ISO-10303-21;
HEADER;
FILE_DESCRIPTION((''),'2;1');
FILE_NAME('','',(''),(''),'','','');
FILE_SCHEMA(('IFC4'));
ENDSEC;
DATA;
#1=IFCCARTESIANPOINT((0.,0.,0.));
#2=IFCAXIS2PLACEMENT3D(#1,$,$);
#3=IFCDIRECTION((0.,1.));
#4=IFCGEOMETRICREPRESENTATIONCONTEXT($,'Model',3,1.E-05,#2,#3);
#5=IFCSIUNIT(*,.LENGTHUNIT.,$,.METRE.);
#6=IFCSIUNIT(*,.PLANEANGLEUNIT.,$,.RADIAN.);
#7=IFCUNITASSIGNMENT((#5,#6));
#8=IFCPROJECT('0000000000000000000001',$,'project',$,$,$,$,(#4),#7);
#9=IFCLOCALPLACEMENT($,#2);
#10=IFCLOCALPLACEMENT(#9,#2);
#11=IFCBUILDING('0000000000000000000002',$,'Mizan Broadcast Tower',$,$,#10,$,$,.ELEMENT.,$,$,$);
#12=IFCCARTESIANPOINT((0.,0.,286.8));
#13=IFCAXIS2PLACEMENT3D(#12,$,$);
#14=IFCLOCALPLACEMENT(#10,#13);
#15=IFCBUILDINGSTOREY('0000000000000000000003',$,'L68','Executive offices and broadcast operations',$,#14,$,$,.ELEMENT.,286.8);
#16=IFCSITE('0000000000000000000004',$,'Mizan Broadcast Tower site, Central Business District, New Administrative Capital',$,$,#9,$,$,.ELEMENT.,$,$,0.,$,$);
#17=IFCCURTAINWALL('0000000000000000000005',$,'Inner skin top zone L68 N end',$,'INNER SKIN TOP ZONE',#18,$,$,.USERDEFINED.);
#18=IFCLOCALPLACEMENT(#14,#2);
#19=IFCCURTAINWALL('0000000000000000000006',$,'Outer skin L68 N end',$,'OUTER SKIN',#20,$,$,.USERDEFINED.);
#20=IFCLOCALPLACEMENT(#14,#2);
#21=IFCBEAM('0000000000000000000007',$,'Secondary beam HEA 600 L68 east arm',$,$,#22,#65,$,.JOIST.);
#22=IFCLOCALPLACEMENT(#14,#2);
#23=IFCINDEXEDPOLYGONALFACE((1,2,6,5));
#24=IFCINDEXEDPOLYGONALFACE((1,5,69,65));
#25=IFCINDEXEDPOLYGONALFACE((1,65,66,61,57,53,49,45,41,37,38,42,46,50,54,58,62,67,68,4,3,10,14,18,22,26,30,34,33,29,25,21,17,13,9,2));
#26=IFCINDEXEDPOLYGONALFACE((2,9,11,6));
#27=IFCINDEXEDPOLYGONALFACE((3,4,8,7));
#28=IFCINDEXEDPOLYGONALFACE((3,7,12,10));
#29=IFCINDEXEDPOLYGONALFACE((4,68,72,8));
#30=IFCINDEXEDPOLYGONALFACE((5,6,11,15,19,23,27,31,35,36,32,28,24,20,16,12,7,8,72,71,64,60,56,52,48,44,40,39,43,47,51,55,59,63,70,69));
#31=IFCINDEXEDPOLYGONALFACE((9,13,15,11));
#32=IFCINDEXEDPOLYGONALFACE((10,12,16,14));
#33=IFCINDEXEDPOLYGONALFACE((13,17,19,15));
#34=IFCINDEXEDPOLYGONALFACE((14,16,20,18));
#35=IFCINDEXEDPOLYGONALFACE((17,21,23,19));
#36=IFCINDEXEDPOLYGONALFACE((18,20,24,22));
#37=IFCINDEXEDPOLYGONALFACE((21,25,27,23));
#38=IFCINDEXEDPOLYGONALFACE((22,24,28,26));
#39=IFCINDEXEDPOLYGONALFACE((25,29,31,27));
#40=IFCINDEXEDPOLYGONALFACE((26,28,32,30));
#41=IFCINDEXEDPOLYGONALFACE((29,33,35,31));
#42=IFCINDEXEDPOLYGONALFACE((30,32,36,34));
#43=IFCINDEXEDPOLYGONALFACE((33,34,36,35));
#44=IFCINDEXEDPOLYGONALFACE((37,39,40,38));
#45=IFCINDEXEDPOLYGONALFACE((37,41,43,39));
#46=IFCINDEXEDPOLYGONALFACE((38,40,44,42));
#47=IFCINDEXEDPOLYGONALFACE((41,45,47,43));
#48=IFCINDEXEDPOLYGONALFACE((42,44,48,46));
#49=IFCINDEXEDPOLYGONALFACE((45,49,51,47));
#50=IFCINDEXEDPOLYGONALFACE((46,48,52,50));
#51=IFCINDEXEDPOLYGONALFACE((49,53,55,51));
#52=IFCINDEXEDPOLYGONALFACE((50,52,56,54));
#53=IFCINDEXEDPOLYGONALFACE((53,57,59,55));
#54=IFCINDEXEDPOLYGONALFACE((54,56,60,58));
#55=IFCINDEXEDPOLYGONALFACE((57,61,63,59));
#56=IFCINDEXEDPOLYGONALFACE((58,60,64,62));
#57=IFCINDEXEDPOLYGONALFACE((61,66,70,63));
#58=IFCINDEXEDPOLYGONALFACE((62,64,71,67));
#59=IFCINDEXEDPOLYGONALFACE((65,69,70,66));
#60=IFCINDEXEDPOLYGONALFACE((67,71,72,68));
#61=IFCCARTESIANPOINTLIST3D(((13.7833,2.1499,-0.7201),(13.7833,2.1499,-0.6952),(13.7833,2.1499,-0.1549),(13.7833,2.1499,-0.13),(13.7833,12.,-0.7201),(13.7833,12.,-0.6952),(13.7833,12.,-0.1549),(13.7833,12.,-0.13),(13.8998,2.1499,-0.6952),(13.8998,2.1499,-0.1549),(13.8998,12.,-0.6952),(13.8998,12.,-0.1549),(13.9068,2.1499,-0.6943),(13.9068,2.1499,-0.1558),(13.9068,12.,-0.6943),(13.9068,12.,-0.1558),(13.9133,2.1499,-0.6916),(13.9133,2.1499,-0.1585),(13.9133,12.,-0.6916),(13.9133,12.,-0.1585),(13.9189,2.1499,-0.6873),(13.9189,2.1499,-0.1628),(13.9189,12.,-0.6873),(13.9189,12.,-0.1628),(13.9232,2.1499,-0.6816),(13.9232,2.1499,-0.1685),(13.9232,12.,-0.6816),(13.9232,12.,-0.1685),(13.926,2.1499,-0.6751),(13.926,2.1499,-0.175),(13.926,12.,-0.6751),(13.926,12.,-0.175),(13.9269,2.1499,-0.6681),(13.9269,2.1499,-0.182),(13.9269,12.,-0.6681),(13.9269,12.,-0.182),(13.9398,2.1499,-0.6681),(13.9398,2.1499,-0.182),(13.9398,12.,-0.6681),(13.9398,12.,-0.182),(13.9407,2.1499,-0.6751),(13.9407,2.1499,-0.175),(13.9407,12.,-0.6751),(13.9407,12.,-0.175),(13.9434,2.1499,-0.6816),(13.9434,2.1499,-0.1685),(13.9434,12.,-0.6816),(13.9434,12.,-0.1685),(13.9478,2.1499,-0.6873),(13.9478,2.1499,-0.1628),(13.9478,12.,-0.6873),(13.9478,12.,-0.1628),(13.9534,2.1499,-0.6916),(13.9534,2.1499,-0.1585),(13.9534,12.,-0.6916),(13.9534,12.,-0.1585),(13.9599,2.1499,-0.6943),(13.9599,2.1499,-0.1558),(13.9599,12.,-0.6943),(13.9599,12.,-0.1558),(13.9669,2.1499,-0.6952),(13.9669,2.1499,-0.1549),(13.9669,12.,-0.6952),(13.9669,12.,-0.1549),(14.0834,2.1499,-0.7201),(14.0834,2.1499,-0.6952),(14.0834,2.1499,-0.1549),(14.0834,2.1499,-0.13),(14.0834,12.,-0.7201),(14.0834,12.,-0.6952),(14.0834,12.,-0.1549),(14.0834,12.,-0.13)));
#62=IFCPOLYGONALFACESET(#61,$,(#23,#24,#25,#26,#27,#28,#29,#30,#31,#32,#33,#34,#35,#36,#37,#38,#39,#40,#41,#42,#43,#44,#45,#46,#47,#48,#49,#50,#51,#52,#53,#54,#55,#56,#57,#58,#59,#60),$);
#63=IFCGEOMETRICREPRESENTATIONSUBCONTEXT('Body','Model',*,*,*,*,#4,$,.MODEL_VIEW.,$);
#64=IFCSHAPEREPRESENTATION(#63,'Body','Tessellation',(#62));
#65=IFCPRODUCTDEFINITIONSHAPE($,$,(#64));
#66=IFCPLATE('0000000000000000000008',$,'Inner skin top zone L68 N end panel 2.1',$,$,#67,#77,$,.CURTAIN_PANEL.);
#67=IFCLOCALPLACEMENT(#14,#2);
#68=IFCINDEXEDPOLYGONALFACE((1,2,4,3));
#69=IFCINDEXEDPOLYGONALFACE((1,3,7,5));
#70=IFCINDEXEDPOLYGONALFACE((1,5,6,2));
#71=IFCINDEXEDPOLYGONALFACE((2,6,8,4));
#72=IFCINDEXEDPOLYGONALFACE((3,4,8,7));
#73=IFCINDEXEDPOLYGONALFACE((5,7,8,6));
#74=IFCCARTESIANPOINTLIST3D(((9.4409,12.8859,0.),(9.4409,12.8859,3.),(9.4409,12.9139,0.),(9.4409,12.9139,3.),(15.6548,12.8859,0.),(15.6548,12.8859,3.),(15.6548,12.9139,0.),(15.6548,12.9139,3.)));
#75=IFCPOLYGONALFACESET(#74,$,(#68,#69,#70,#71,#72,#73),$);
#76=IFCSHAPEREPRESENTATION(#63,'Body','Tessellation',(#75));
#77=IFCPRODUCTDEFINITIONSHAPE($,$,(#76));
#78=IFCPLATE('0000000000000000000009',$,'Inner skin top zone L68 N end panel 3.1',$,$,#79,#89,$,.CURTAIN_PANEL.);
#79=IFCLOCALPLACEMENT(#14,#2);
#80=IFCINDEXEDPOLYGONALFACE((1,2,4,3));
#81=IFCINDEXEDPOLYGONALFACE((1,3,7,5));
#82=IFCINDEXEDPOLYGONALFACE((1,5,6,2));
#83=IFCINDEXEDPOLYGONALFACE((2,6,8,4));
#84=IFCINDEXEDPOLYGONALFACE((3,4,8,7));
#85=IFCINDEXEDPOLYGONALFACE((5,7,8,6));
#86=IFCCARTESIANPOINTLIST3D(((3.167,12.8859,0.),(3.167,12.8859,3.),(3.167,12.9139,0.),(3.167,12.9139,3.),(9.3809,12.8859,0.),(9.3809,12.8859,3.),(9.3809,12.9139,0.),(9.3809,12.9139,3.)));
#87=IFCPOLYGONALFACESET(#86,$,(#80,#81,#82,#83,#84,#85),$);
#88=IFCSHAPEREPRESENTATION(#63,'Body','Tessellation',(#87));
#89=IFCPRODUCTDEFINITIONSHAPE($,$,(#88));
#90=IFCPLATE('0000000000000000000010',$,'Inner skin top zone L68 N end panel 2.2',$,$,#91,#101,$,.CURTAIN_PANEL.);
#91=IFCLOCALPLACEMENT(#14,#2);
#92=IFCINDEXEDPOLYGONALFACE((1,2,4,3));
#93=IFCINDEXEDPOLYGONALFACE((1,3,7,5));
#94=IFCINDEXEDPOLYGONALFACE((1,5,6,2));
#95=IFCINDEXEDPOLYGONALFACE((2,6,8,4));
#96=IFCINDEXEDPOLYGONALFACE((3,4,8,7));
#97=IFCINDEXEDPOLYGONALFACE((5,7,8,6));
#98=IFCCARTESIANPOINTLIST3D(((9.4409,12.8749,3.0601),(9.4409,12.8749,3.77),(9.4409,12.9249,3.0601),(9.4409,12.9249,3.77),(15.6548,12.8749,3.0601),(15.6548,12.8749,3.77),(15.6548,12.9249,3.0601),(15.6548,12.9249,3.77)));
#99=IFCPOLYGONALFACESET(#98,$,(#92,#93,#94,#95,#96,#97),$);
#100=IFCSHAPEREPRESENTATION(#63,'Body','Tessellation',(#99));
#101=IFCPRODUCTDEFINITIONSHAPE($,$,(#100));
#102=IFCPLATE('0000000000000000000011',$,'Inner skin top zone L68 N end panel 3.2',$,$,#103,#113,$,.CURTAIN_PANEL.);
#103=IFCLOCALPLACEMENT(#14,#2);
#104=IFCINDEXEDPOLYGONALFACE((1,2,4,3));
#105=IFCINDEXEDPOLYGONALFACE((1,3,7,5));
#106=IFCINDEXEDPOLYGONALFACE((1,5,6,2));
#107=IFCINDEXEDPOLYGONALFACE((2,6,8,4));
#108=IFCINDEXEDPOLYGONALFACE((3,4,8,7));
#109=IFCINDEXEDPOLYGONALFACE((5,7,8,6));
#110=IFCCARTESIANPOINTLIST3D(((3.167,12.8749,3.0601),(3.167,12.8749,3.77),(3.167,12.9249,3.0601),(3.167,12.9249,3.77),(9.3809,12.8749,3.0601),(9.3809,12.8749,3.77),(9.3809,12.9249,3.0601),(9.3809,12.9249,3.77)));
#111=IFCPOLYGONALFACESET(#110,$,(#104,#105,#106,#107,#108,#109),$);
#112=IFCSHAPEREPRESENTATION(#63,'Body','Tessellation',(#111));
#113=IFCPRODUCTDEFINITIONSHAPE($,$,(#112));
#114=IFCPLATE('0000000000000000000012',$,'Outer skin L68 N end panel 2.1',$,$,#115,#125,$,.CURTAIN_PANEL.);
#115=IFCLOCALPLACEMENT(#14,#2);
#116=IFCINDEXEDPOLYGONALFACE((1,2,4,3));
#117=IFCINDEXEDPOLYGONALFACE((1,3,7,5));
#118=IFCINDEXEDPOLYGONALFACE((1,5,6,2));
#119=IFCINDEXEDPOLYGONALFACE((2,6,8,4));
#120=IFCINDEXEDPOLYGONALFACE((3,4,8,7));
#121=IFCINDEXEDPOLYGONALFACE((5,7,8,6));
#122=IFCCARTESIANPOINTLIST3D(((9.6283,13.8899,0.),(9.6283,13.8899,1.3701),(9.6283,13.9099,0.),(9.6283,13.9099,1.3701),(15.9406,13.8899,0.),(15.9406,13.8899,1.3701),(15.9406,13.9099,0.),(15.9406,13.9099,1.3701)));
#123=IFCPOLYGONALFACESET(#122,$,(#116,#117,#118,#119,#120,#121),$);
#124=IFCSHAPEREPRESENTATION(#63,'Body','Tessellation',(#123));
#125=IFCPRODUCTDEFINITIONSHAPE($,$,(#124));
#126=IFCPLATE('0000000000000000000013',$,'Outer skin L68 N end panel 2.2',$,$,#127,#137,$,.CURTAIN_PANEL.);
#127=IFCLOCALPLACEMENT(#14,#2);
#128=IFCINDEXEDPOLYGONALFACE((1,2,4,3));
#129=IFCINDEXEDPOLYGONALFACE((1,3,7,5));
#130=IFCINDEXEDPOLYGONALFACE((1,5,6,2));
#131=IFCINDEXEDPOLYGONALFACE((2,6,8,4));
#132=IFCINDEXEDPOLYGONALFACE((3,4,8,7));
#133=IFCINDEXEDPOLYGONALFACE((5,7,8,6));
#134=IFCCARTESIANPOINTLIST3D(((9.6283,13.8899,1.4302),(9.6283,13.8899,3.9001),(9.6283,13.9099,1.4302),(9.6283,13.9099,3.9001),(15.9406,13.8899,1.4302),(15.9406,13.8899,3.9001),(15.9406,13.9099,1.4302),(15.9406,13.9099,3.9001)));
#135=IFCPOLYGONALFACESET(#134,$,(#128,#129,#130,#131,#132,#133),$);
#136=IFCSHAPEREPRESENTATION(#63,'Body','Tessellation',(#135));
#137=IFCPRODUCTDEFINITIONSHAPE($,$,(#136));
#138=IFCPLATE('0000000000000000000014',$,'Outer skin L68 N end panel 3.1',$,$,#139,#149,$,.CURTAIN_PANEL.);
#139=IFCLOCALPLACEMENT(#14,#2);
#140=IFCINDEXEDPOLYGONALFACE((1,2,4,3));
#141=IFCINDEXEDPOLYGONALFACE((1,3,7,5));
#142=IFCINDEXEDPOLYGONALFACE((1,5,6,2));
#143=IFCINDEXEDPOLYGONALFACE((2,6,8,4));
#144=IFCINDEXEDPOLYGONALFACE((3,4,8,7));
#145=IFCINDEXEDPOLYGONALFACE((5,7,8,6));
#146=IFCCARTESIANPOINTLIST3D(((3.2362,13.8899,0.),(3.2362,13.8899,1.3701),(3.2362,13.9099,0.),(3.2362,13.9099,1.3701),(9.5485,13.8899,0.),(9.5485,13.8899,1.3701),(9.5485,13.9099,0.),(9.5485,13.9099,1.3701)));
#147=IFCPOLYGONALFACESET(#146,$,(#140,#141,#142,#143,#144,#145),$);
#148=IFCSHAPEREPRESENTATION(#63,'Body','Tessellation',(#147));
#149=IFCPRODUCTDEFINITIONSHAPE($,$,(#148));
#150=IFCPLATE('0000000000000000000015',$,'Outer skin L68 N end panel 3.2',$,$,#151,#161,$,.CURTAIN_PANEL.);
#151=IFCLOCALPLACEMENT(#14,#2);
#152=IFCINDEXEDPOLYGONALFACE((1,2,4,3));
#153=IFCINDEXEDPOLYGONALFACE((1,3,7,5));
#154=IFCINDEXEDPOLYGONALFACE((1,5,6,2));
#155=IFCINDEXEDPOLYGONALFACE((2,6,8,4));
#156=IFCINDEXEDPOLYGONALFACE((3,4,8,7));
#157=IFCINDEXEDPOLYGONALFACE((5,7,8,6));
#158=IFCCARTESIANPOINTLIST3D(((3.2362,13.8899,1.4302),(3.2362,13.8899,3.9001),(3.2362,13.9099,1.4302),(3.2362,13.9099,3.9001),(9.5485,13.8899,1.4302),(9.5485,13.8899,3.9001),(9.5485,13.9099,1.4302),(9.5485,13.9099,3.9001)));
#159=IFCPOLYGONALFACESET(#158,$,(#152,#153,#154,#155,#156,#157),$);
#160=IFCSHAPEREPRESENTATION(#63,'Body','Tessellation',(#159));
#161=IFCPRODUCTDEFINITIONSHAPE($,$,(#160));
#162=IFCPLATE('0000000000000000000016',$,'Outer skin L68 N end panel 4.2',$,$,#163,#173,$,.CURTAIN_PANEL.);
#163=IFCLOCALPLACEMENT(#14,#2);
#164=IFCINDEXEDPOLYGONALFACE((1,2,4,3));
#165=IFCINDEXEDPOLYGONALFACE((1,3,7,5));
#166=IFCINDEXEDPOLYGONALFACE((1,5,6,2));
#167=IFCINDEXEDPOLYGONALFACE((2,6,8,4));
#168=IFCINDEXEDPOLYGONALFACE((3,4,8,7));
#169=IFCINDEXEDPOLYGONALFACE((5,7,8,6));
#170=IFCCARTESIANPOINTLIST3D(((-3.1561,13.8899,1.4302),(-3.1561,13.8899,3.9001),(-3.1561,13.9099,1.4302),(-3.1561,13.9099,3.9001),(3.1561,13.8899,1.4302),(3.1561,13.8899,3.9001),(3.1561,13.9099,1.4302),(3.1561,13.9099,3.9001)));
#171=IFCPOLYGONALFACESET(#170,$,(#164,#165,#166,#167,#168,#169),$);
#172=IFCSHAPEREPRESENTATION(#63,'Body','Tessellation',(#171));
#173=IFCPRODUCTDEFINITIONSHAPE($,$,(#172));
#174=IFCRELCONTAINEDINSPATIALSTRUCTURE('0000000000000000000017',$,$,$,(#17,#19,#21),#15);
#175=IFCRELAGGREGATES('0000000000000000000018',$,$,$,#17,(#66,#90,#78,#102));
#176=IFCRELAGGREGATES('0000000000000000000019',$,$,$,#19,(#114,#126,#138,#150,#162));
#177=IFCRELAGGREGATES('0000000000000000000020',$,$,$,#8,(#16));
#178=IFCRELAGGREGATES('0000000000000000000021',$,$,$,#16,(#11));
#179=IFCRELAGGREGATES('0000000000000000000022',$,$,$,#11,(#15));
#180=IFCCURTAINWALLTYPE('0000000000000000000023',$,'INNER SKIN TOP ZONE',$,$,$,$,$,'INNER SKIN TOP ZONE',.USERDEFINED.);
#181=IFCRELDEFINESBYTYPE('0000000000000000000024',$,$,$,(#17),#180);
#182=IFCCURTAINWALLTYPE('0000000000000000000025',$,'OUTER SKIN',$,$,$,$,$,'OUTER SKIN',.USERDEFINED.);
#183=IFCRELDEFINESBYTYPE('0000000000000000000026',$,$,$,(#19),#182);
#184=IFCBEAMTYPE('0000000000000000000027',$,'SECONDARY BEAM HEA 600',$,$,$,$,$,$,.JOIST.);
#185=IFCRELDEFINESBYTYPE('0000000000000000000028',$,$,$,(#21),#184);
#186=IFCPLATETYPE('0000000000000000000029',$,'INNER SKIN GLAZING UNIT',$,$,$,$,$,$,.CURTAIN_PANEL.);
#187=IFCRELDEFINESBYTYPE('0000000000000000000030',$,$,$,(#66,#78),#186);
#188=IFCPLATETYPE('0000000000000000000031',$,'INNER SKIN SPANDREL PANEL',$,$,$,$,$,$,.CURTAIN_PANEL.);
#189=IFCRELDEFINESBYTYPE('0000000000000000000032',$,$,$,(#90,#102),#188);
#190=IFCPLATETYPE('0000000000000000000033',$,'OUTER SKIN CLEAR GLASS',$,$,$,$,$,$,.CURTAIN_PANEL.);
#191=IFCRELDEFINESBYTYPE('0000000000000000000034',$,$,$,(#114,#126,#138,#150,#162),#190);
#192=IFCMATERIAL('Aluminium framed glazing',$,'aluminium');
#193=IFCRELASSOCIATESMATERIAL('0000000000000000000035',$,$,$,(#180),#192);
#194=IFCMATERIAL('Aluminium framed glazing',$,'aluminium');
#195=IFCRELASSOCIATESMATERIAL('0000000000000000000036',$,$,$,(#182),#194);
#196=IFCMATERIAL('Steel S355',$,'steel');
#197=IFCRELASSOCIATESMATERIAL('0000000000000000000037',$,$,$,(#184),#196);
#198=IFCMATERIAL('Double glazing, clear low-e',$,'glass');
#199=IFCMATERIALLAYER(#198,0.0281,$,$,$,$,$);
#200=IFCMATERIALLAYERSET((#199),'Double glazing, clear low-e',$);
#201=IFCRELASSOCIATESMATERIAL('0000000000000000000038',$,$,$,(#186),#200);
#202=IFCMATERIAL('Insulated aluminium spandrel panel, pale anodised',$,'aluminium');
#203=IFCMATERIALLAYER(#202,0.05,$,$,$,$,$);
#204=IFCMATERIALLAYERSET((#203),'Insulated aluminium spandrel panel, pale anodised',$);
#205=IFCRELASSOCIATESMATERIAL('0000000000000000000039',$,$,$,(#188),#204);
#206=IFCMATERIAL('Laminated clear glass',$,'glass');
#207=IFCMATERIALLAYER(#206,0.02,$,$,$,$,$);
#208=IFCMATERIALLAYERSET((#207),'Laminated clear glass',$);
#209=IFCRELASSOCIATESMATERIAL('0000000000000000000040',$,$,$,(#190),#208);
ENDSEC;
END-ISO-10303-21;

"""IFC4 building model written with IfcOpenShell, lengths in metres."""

from ifc_helpers import new_model, si_unit, direction, frame, origin, origin_2d, place, context, subcontext, project, spatial, rectangle, i_section, extrude, material, layer, layer_set, material_profile, profile_set, type_object, element, aggregate, save


model = new_model("IFC4")

# Units and contexts
model_context = context("Model", 3, precision=1e-05, world=origin(), true_north=direction((0.0, 1.0)))
body_context = subcontext(model_context, "Body", "Model", "MODEL_VIEW")
ifc_project = project(units=[si_unit("LENGTHUNIT", "METRE"), si_unit("PLANEANGLEUNIT", "RADIAN")], contexts=[model_context])

# Site, building, storey
site_placement = place(None, origin())
site = spatial("IfcSite", under=ifc_project, at=site_placement, Name="Mizan Broadcast Tower site, Central Business District, New Administrative Capital", CompositionType="ELEMENT", RefElevation=0.0)
building_placement = place(site_placement, origin())
building = spatial("IfcBuilding", under=site, at=building_placement, Name="Mizan Broadcast Tower", CompositionType="ELEMENT")
storey_placement = place(building_placement, frame((0.0, 0.0, 286.8)))
storey = spatial("IfcBuildingStorey", under=building, at=storey_placement, Name="L68", Description="Executive offices and broadcast operations", CompositionType="ELEMENT", Elevation=286.8)

# Curtain walls
ifc_material_1 = material(Name="Aluminium framed glazing", Category="aluminium")
curtain_wall_type_1 = type_object("IfcCurtainWallType", Name="INNER SKIN TOP ZONE", ElementType="INNER SKIN TOP ZONE", PredefinedType="USERDEFINED", material=ifc_material_1)
curtain_wall_1_placement = place(storey_placement, origin())
curtain_wall_1 = element("IfcCurtainWall", 1, at=curtain_wall_1_placement, inside=storey, type_object=curtain_wall_type_1, Name="Inner skin top zone L68 N end", ObjectType="INNER SKIN TOP ZONE", PredefinedType="USERDEFINED")
ifc_material_2 = material(Name="Aluminium framed glazing", Category="aluminium")
curtain_wall_type_2 = type_object("IfcCurtainWallType", Name="OUTER SKIN", ElementType="OUTER SKIN", PredefinedType="USERDEFINED", material=ifc_material_2)
curtain_wall_2_placement = place(storey_placement, origin())
curtain_wall_2 = element("IfcCurtainWall", 2, at=curtain_wall_2_placement, inside=storey, type_object=curtain_wall_type_2, Name="Outer skin L68 N end", ObjectType="OUTER SKIN", PredefinedType="USERDEFINED")

# Beam
ifc_material_3 = material(Name="Steel S355", Category="steel")
ifc_material_profile_1 = material_profile(ifc_material_3, i_section(OverallWidth=0.3, OverallDepth=0.5901, WebThickness=0.0129, FlangeThickness=0.0249, FilletRadius=0.0271, at=origin_2d()), Name="HEA 600")
ifc_profile_set_1 = profile_set([ifc_material_profile_1], Name="Steel S355")
beam_type_1 = type_object("IfcBeamType", Name="SECONDARY BEAM HEA 600", PredefinedType="JOIST", material=ifc_profile_set_1)
beam_1_placement = place(storey_placement, frame((13.9333, 12.0, -0.425), z_axis=(0.0, -1.0, 0.0), x_axis=(1.0, 0.0, 0.0)))
element("IfcBeam", 3, at=beam_1_placement, inside=storey, type_object=beam_type_1, Name="Secondary beam HEA 600 L68 east arm", PredefinedType="JOIST", context=body_context, shape_type="SweptSolid", body=[
    extrude(i_section(OverallWidth=0.3, OverallDepth=0.5901, WebThickness=0.0129, FlangeThickness=0.0249, FilletRadius=0.0271, at=origin_2d()), origin(), (0.0, 0.0, 1.0), 9.8501),
])

# Plates
ifc_material_4 = material(Name="Double glazing, clear low-e", Category="glass")
ifc_layer_1 = layer(ifc_material_4, 0.0281)
ifc_layer_set_1 = layer_set([ifc_layer_1], Name="Double glazing, clear low-e")
plate_type_1 = type_object("IfcPlateType", Name="INNER SKIN GLAZING UNIT", PredefinedType="CURTAIN_PANEL", material=ifc_layer_set_1)
plate_1_placement = place(storey_placement, frame((12.5479, 12.8999, 0.0), z_axis=(0.0, 0.0, 1.0), x_axis=(-1.0, 0.0, 0.0)))
plate_1 = element("IfcPlate", 4, at=plate_1_placement, type_object=plate_type_1, Name="Inner skin top zone L68 N end panel 2.1", PredefinedType="CURTAIN_PANEL", context=body_context, shape_type="SweptSolid", body=[
    extrude(rectangle(XDim=6.2139, YDim=0.0281, at=origin_2d()), origin(), (0.0, 0.0, 1.0), 3.0),
])
plate_2_placement = place(storey_placement, frame((6.2739, 12.8999, 0.0), z_axis=(0.0, 0.0, 1.0), x_axis=(-1.0, 0.0, 0.0)))
plate_2 = element("IfcPlate", 5, at=plate_2_placement, type_object=plate_type_1, Name="Inner skin top zone L68 N end panel 3.1", PredefinedType="CURTAIN_PANEL", context=body_context, shape_type="SweptSolid", body=[
    extrude(rectangle(XDim=6.2139, YDim=0.0281, at=origin_2d()), origin(), (0.0, 0.0, 1.0), 3.0),
])
ifc_material_5 = material(Name="Insulated aluminium spandrel panel, pale anodised", Category="aluminium")
ifc_layer_2 = layer(ifc_material_5, 0.05)
ifc_layer_set_2 = layer_set([ifc_layer_2], Name="Insulated aluminium spandrel panel, pale anodised")
plate_type_2 = type_object("IfcPlateType", Name="INNER SKIN SPANDREL PANEL", PredefinedType="CURTAIN_PANEL", material=ifc_layer_set_2)
plate_3_placement = place(storey_placement, frame((12.5479, 12.8999, 3.0601), z_axis=(0.0, 0.0, 1.0), x_axis=(-1.0, 0.0, 0.0)))
plate_3 = element("IfcPlate", 6, at=plate_3_placement, type_object=plate_type_2, Name="Inner skin top zone L68 N end panel 2.2", PredefinedType="CURTAIN_PANEL", context=body_context, shape_type="SweptSolid", body=[
    extrude(rectangle(XDim=6.2139, YDim=0.05, at=origin_2d()), origin(), (0.0, 0.0, 1.0), 0.71),
])
plate_4_placement = place(storey_placement, frame((6.2739, 12.8999, 3.0601), z_axis=(0.0, 0.0, 1.0), x_axis=(-1.0, 0.0, 0.0)))
plate_4 = element("IfcPlate", 7, at=plate_4_placement, type_object=plate_type_2, Name="Inner skin top zone L68 N end panel 3.2", PredefinedType="CURTAIN_PANEL", context=body_context, shape_type="SweptSolid", body=[
    extrude(rectangle(XDim=6.2139, YDim=0.05, at=origin_2d()), origin(), (0.0, 0.0, 1.0), 0.71),
])
aggregate(curtain_wall_1, [plate_1, plate_3, plate_2, plate_4])
ifc_material_6 = material(Name="Laminated clear glass", Category="glass")
ifc_layer_3 = layer(ifc_material_6, 0.02)
ifc_layer_set_3 = layer_set([ifc_layer_3], Name="Laminated clear glass")
plate_type_3 = type_object("IfcPlateType", Name="OUTER SKIN CLEAR GLASS", PredefinedType="CURTAIN_PANEL", material=ifc_layer_set_3)
plate_5_placement = place(storey_placement, frame((12.7844, 13.8999, 0.0), z_axis=(0.0, 0.0, 1.0), x_axis=(-1.0, 0.0, 0.0)))
plate_5 = element("IfcPlate", 8, at=plate_5_placement, type_object=plate_type_3, Name="Outer skin L68 N end panel 2.1", PredefinedType="CURTAIN_PANEL", context=body_context, shape_type="SweptSolid", body=[
    extrude(rectangle(XDim=6.3123, YDim=0.02, at=origin_2d()), origin(), (0.0, 0.0, 1.0), 1.3701),
])
plate_6_placement = place(storey_placement, frame((12.7844, 13.8999, 1.4302), z_axis=(0.0, 0.0, 1.0), x_axis=(-1.0, 0.0, 0.0)))
plate_6 = element("IfcPlate", 9, at=plate_6_placement, type_object=plate_type_3, Name="Outer skin L68 N end panel 2.2", PredefinedType="CURTAIN_PANEL", context=body_context, shape_type="SweptSolid", body=[
    extrude(rectangle(XDim=6.3123, YDim=0.02, at=origin_2d()), origin(), (0.0, 0.0, 1.0), 2.47),
])
plate_7_placement = place(storey_placement, frame((6.3923, 13.8999, 0.0), z_axis=(0.0, 0.0, 1.0), x_axis=(-1.0, 0.0, 0.0)))
plate_7 = element("IfcPlate", 10, at=plate_7_placement, type_object=plate_type_3, Name="Outer skin L68 N end panel 3.1", PredefinedType="CURTAIN_PANEL", context=body_context, shape_type="SweptSolid", body=[
    extrude(rectangle(XDim=6.3123, YDim=0.02, at=origin_2d()), origin(), (0.0, 0.0, 1.0), 1.3701),
])
plate_8_placement = place(storey_placement, frame((6.3923, 13.8999, 1.4302), z_axis=(0.0, 0.0, 1.0), x_axis=(-1.0, 0.0, 0.0)))
plate_8 = element("IfcPlate", 11, at=plate_8_placement, type_object=plate_type_3, Name="Outer skin L68 N end panel 3.2", PredefinedType="CURTAIN_PANEL", context=body_context, shape_type="SweptSolid", body=[
    extrude(rectangle(XDim=6.3123, YDim=0.02, at=origin_2d()), origin(), (0.0, 0.0, 1.0), 2.47),
])
plate_9_placement = place(storey_placement, frame((0.0, 13.8999, 1.4302), z_axis=(0.0, 0.0, 1.0), x_axis=(-1.0, 0.0, 0.0)))
plate_9 = element("IfcPlate", 12, at=plate_9_placement, type_object=plate_type_3, Name="Outer skin L68 N end panel 4.2", PredefinedType="CURTAIN_PANEL", context=body_context, shape_type="SweptSolid", body=[
    extrude(rectangle(XDim=6.3123, YDim=0.02, at=origin_2d()), origin(), (0.0, 0.0, 1.0), 2.47),
])
aggregate(curtain_wall_2, [plate_5, plate_6, plate_7, plate_8, plate_9])

save(model, "model.ifc")
